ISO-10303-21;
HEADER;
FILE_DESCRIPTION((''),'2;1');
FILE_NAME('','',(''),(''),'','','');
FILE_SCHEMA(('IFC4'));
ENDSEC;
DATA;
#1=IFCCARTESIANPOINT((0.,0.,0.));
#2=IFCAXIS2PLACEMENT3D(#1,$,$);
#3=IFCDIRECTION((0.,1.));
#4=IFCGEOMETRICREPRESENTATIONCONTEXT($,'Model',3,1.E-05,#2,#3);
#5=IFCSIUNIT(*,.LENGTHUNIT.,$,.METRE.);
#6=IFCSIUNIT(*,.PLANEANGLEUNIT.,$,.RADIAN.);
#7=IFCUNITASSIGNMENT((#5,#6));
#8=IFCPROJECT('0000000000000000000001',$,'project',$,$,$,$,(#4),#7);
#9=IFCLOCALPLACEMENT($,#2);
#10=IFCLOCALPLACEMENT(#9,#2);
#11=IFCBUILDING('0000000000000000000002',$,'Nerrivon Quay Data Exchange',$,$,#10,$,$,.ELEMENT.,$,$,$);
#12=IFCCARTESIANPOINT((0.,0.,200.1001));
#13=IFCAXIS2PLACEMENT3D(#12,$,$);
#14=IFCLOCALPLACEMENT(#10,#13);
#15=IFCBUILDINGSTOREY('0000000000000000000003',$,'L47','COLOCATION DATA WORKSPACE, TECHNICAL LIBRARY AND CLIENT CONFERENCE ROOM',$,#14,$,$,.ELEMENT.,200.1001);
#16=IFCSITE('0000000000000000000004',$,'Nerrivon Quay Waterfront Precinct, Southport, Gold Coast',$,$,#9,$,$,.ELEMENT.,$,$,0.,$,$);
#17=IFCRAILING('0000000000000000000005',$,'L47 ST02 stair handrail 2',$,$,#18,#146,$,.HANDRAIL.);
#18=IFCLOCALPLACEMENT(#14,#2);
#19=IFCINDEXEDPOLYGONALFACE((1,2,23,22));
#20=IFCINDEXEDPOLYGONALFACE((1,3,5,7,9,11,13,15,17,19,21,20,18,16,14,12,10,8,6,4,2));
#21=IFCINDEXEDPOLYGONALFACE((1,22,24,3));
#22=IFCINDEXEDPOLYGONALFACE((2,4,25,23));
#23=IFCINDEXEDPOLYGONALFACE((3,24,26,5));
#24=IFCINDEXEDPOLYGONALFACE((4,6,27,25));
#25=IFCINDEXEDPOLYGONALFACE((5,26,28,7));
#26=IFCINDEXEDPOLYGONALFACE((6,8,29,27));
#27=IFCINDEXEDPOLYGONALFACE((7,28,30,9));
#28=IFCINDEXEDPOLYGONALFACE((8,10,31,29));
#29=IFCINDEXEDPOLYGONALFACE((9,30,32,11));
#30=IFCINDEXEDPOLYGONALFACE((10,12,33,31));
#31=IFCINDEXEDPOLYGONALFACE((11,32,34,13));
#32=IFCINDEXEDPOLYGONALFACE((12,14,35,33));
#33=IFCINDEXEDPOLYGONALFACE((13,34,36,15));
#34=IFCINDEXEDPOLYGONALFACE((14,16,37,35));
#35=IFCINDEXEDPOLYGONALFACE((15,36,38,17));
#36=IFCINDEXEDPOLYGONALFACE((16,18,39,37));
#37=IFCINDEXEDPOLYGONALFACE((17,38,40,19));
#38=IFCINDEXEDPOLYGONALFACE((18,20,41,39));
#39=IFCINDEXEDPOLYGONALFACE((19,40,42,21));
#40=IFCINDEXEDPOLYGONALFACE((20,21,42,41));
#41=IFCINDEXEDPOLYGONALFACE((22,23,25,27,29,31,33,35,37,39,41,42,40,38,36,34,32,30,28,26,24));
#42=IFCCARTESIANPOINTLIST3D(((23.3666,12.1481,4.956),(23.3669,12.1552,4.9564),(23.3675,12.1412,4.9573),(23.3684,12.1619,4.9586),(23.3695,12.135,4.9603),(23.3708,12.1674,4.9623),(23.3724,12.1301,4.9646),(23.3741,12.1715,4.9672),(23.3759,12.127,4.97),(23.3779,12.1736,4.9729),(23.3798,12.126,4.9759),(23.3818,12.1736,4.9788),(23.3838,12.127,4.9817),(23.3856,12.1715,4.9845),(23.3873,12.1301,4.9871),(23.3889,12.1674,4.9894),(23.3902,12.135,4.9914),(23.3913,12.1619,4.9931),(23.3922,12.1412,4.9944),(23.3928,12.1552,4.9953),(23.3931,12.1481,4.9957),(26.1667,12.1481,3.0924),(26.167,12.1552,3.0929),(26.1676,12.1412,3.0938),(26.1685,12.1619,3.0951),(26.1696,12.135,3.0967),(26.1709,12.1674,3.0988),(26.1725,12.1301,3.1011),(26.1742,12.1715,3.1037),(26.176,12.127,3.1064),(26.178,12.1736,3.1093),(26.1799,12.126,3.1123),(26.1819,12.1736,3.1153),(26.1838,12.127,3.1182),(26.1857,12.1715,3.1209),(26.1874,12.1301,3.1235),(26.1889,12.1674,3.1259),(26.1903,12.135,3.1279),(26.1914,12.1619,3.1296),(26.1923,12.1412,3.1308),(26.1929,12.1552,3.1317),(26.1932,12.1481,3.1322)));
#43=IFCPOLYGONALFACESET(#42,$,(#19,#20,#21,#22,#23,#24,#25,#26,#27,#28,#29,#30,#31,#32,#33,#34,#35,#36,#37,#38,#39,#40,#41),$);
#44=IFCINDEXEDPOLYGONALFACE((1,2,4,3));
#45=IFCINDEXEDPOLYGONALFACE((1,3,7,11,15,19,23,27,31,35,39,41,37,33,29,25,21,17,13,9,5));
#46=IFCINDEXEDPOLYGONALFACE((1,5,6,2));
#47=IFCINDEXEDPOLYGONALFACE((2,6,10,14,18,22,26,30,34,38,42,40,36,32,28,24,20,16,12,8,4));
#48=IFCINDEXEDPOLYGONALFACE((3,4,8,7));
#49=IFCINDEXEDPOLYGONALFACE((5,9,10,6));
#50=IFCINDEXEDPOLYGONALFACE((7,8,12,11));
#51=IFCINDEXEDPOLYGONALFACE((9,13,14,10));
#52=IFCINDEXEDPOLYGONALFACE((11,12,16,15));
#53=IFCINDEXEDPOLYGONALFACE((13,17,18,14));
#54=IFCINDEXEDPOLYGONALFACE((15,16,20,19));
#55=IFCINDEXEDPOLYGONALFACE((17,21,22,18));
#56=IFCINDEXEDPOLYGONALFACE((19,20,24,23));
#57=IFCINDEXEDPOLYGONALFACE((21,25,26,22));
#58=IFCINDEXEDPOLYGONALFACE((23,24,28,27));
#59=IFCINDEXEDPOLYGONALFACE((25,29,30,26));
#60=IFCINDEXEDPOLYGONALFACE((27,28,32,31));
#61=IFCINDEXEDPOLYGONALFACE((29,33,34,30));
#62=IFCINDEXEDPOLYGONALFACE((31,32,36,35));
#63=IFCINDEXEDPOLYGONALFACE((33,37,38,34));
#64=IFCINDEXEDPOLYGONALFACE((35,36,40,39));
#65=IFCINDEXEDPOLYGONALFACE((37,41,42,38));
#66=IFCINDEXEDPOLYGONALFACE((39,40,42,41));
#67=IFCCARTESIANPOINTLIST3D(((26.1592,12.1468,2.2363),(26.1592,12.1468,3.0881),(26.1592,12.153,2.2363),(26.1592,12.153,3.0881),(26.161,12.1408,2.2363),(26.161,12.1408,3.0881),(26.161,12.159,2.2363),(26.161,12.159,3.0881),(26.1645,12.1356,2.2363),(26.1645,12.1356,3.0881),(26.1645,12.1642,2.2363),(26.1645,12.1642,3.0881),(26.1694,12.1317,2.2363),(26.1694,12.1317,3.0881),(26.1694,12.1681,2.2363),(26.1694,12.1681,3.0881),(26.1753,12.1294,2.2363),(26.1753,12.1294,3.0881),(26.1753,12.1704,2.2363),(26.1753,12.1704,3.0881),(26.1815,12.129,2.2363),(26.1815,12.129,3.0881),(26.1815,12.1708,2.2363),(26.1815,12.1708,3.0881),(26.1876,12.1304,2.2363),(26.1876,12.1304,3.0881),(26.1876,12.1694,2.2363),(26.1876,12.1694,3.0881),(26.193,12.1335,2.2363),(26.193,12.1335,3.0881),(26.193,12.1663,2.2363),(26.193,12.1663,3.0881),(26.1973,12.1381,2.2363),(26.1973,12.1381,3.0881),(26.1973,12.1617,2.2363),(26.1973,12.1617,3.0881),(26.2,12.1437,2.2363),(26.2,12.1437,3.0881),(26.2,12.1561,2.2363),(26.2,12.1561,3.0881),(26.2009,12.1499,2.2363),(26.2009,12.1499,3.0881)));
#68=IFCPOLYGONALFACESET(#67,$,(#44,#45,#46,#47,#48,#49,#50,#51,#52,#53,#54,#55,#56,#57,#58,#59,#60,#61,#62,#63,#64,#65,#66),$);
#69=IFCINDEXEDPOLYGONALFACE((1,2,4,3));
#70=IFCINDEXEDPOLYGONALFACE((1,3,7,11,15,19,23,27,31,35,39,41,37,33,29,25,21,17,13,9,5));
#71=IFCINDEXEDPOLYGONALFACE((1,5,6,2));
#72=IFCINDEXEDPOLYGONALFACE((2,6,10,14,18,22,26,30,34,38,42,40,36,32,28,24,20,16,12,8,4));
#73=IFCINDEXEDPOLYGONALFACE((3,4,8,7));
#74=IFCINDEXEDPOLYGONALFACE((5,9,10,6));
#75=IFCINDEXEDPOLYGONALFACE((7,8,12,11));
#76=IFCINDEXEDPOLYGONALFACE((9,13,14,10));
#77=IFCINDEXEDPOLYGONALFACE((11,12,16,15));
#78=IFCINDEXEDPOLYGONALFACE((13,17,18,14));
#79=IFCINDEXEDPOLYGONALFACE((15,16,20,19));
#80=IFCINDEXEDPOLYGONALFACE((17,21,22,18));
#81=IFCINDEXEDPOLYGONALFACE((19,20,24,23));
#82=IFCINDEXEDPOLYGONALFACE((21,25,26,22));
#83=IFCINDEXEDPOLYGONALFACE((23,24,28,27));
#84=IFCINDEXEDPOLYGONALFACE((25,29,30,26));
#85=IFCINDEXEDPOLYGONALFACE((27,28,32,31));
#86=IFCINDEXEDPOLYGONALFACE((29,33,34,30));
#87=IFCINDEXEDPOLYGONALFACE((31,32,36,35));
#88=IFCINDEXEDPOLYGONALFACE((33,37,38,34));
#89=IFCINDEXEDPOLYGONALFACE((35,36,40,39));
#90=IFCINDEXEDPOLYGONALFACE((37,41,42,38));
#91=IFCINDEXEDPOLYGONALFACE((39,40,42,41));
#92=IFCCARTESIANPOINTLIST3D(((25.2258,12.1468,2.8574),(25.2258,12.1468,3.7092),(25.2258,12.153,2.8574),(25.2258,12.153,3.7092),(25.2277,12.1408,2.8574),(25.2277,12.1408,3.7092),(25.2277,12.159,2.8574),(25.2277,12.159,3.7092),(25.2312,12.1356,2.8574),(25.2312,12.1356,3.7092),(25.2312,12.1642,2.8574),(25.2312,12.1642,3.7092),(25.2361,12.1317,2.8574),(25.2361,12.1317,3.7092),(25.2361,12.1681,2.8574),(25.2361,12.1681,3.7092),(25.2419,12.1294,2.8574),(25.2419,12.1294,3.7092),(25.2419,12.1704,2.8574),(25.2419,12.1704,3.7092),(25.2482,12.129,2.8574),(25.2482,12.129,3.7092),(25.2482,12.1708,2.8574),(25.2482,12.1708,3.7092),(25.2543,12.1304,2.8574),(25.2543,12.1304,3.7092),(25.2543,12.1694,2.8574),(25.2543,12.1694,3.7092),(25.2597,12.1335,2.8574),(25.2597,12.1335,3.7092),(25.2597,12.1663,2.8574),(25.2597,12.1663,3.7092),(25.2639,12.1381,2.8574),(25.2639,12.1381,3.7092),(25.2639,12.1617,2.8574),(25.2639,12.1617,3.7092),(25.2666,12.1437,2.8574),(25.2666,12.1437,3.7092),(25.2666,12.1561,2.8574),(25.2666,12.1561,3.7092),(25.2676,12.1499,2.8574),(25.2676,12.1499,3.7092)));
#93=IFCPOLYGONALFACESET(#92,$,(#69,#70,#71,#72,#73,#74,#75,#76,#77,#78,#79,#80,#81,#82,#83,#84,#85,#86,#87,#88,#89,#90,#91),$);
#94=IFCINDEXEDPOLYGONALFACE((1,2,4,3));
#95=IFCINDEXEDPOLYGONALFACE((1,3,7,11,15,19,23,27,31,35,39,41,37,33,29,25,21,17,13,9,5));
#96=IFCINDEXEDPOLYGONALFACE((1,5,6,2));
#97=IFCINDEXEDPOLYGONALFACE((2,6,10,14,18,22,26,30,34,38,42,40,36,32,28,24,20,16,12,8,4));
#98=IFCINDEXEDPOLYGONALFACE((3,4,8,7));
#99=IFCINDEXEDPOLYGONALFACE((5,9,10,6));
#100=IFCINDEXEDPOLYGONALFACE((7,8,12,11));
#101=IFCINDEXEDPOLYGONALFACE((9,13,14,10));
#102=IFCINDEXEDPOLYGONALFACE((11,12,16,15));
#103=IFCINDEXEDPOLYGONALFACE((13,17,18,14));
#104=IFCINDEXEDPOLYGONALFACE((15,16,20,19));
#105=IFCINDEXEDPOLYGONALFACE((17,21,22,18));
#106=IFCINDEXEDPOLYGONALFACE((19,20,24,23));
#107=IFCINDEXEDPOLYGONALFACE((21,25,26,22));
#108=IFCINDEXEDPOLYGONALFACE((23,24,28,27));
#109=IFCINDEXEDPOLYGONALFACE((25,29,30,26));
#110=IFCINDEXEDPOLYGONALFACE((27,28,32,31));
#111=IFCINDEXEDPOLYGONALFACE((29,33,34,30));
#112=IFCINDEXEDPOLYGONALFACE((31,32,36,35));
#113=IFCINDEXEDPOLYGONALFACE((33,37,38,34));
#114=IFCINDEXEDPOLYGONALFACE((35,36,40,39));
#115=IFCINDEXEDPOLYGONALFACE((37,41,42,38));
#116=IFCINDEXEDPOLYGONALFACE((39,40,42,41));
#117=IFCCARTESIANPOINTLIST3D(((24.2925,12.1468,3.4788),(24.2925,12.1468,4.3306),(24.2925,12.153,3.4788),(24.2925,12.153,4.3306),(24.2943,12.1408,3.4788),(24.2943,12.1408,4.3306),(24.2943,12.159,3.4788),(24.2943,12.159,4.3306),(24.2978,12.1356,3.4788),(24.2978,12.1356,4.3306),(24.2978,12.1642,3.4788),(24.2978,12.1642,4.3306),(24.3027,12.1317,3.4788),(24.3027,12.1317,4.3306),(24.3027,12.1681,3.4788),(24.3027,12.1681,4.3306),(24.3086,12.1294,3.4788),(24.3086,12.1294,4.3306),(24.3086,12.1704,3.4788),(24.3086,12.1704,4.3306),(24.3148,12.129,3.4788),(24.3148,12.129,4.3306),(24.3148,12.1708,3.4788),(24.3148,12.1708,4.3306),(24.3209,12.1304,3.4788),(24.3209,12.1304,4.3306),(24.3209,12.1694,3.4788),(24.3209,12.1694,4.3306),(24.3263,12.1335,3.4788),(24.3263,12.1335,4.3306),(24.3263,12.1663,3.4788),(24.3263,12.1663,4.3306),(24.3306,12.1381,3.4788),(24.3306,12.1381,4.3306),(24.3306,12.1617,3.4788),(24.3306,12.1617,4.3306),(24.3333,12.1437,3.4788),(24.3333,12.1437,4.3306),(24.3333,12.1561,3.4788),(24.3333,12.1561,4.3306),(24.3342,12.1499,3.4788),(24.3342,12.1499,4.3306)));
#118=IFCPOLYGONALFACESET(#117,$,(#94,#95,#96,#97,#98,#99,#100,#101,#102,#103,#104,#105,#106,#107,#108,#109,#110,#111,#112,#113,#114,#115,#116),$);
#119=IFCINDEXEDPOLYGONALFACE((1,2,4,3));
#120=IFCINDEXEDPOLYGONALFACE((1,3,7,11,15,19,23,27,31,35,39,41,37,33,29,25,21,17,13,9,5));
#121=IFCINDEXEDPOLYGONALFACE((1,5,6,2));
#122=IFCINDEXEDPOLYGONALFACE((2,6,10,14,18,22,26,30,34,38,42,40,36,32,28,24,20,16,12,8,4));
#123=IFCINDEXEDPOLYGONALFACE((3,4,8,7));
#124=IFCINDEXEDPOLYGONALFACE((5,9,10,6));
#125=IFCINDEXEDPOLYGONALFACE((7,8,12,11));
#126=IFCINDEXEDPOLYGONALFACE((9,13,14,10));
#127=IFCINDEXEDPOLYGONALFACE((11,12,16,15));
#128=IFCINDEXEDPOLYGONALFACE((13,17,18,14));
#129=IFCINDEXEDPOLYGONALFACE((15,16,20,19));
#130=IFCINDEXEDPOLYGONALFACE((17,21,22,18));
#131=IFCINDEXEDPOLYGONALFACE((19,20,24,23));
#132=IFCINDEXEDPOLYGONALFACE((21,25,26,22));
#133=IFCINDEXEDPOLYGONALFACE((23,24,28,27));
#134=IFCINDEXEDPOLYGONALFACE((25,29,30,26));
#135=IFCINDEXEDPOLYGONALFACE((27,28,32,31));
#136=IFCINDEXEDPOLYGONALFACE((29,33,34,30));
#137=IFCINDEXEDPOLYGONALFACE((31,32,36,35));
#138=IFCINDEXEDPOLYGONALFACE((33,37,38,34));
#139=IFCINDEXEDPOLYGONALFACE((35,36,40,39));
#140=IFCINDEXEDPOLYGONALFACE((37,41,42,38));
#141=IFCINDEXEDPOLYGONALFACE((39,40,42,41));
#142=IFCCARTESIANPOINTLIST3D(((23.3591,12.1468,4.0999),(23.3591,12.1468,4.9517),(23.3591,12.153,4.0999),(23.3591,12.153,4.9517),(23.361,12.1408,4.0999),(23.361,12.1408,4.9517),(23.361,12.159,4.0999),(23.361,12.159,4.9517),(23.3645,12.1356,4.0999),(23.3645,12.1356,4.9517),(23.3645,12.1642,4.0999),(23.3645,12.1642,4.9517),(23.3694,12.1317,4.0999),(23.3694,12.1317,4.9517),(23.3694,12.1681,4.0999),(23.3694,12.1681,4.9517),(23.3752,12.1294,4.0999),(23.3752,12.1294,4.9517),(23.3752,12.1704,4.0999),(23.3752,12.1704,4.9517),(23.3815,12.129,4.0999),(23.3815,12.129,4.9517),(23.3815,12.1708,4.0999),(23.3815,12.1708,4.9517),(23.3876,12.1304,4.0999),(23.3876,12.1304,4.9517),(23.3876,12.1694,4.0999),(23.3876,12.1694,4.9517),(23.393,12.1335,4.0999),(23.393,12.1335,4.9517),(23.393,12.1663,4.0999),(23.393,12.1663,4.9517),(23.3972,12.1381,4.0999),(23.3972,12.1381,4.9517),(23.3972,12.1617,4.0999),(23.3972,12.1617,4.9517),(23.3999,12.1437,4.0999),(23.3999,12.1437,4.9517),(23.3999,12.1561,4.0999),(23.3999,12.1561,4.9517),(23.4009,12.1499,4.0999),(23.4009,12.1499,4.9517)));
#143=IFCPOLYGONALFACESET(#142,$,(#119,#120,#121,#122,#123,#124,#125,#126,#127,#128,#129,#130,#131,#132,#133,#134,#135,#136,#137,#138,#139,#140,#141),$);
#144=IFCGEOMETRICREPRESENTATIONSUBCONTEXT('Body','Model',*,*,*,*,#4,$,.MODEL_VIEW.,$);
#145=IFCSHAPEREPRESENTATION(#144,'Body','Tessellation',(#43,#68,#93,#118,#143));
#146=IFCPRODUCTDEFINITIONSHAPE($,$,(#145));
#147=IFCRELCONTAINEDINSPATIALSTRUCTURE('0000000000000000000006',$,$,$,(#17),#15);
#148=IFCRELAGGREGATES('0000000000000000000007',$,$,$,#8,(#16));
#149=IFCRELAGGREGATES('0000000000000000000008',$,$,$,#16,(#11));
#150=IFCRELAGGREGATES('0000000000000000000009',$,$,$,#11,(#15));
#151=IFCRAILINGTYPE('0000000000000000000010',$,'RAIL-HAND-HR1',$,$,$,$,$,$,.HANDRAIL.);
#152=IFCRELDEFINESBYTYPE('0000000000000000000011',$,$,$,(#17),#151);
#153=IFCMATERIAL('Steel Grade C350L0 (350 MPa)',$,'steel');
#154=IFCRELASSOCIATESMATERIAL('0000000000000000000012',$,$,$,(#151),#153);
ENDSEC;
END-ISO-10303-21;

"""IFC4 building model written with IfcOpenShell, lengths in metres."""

from ifc_helpers import new_model, si_unit, direction, frame, origin, origin_2d, place, context, subcontext, project, spatial, circle, extrude, material, type_object, element, save


model = new_model("IFC4")

# Units and contexts
model_context = context("Model", 3, precision=1e-05, world=origin(), true_north=direction((0.0, 1.0)))
body_context = subcontext(model_context, "Body", "Model", "MODEL_VIEW")
ifc_project = project(units=[si_unit("LENGTHUNIT", "METRE"), si_unit("PLANEANGLEUNIT", "RADIAN")], contexts=[model_context])

# Site, building, storey
site_placement = place(None, origin())
site = spatial("IfcSite", under=ifc_project, at=site_placement, Name="Nerrivon Quay Waterfront Precinct, Southport, Gold Coast", CompositionType="ELEMENT", RefElevation=0.0)
building_placement = place(site_placement, origin())
building = spatial("IfcBuilding", under=site, at=building_placement, Name="Nerrivon Quay Data Exchange", CompositionType="ELEMENT")
storey_placement = place(building_placement, frame((0.0, 0.0, 200.1001)))
storey = spatial("IfcBuildingStorey", under=building, at=storey_placement, Name="L47", Description="COLOCATION DATA WORKSPACE, TECHNICAL LIBRARY AND CLIENT CONFERENCE ROOM", CompositionType="ELEMENT", Elevation=200.1001)

# Shared definitions
ifc_material_1 = material(Name="Steel Grade C350L0 (350 MPa)", Category="steel")

# Railing
railing_type_1 = type_object("IfcRailingType", Name="RAIL-HAND-HR1", PredefinedType="HANDRAIL", material=ifc_material_1)
railing_1_placement = place(storey_placement, frame((26.1799, 12.1499, 2.2363)))
element("IfcRailing", 1, at=railing_1_placement, inside=storey, type_object=railing_type_1, Name="L47 ST02 stair handrail 2", PredefinedType="HANDRAIL", context=body_context, shape_type="SweptSolid", body=[
    extrude(circle(Radius=0.0239, at=origin_2d()), frame((0.0, 0.0, 0.876), z_axis=(-0.832486, 0.0, 0.554047), x_axis=(0.0, -1.0, 0.0)), (0.0, 0.0, 1.0), 3.3635),
    extrude(circle(Radius=0.021, at=origin_2d()), origin(), (0.0, 0.0, 1.0), 0.8518),
    extrude(circle(Radius=0.021, at=origin_2d()), frame((-0.9333, 0.0, 0.6211)), (0.0, 0.0, 1.0), 0.8518),
    extrude(circle(Radius=0.021, at=origin_2d()), frame((-1.8667, 0.0, 1.2424)), (0.0, 0.0, 1.0), 0.8518),
    extrude(circle(Radius=0.021, at=origin_2d()), frame((-2.8, 0.0, 1.8635)), (0.0, 0.0, 1.0), 0.8518),
])

save(model, "model.ifc")
